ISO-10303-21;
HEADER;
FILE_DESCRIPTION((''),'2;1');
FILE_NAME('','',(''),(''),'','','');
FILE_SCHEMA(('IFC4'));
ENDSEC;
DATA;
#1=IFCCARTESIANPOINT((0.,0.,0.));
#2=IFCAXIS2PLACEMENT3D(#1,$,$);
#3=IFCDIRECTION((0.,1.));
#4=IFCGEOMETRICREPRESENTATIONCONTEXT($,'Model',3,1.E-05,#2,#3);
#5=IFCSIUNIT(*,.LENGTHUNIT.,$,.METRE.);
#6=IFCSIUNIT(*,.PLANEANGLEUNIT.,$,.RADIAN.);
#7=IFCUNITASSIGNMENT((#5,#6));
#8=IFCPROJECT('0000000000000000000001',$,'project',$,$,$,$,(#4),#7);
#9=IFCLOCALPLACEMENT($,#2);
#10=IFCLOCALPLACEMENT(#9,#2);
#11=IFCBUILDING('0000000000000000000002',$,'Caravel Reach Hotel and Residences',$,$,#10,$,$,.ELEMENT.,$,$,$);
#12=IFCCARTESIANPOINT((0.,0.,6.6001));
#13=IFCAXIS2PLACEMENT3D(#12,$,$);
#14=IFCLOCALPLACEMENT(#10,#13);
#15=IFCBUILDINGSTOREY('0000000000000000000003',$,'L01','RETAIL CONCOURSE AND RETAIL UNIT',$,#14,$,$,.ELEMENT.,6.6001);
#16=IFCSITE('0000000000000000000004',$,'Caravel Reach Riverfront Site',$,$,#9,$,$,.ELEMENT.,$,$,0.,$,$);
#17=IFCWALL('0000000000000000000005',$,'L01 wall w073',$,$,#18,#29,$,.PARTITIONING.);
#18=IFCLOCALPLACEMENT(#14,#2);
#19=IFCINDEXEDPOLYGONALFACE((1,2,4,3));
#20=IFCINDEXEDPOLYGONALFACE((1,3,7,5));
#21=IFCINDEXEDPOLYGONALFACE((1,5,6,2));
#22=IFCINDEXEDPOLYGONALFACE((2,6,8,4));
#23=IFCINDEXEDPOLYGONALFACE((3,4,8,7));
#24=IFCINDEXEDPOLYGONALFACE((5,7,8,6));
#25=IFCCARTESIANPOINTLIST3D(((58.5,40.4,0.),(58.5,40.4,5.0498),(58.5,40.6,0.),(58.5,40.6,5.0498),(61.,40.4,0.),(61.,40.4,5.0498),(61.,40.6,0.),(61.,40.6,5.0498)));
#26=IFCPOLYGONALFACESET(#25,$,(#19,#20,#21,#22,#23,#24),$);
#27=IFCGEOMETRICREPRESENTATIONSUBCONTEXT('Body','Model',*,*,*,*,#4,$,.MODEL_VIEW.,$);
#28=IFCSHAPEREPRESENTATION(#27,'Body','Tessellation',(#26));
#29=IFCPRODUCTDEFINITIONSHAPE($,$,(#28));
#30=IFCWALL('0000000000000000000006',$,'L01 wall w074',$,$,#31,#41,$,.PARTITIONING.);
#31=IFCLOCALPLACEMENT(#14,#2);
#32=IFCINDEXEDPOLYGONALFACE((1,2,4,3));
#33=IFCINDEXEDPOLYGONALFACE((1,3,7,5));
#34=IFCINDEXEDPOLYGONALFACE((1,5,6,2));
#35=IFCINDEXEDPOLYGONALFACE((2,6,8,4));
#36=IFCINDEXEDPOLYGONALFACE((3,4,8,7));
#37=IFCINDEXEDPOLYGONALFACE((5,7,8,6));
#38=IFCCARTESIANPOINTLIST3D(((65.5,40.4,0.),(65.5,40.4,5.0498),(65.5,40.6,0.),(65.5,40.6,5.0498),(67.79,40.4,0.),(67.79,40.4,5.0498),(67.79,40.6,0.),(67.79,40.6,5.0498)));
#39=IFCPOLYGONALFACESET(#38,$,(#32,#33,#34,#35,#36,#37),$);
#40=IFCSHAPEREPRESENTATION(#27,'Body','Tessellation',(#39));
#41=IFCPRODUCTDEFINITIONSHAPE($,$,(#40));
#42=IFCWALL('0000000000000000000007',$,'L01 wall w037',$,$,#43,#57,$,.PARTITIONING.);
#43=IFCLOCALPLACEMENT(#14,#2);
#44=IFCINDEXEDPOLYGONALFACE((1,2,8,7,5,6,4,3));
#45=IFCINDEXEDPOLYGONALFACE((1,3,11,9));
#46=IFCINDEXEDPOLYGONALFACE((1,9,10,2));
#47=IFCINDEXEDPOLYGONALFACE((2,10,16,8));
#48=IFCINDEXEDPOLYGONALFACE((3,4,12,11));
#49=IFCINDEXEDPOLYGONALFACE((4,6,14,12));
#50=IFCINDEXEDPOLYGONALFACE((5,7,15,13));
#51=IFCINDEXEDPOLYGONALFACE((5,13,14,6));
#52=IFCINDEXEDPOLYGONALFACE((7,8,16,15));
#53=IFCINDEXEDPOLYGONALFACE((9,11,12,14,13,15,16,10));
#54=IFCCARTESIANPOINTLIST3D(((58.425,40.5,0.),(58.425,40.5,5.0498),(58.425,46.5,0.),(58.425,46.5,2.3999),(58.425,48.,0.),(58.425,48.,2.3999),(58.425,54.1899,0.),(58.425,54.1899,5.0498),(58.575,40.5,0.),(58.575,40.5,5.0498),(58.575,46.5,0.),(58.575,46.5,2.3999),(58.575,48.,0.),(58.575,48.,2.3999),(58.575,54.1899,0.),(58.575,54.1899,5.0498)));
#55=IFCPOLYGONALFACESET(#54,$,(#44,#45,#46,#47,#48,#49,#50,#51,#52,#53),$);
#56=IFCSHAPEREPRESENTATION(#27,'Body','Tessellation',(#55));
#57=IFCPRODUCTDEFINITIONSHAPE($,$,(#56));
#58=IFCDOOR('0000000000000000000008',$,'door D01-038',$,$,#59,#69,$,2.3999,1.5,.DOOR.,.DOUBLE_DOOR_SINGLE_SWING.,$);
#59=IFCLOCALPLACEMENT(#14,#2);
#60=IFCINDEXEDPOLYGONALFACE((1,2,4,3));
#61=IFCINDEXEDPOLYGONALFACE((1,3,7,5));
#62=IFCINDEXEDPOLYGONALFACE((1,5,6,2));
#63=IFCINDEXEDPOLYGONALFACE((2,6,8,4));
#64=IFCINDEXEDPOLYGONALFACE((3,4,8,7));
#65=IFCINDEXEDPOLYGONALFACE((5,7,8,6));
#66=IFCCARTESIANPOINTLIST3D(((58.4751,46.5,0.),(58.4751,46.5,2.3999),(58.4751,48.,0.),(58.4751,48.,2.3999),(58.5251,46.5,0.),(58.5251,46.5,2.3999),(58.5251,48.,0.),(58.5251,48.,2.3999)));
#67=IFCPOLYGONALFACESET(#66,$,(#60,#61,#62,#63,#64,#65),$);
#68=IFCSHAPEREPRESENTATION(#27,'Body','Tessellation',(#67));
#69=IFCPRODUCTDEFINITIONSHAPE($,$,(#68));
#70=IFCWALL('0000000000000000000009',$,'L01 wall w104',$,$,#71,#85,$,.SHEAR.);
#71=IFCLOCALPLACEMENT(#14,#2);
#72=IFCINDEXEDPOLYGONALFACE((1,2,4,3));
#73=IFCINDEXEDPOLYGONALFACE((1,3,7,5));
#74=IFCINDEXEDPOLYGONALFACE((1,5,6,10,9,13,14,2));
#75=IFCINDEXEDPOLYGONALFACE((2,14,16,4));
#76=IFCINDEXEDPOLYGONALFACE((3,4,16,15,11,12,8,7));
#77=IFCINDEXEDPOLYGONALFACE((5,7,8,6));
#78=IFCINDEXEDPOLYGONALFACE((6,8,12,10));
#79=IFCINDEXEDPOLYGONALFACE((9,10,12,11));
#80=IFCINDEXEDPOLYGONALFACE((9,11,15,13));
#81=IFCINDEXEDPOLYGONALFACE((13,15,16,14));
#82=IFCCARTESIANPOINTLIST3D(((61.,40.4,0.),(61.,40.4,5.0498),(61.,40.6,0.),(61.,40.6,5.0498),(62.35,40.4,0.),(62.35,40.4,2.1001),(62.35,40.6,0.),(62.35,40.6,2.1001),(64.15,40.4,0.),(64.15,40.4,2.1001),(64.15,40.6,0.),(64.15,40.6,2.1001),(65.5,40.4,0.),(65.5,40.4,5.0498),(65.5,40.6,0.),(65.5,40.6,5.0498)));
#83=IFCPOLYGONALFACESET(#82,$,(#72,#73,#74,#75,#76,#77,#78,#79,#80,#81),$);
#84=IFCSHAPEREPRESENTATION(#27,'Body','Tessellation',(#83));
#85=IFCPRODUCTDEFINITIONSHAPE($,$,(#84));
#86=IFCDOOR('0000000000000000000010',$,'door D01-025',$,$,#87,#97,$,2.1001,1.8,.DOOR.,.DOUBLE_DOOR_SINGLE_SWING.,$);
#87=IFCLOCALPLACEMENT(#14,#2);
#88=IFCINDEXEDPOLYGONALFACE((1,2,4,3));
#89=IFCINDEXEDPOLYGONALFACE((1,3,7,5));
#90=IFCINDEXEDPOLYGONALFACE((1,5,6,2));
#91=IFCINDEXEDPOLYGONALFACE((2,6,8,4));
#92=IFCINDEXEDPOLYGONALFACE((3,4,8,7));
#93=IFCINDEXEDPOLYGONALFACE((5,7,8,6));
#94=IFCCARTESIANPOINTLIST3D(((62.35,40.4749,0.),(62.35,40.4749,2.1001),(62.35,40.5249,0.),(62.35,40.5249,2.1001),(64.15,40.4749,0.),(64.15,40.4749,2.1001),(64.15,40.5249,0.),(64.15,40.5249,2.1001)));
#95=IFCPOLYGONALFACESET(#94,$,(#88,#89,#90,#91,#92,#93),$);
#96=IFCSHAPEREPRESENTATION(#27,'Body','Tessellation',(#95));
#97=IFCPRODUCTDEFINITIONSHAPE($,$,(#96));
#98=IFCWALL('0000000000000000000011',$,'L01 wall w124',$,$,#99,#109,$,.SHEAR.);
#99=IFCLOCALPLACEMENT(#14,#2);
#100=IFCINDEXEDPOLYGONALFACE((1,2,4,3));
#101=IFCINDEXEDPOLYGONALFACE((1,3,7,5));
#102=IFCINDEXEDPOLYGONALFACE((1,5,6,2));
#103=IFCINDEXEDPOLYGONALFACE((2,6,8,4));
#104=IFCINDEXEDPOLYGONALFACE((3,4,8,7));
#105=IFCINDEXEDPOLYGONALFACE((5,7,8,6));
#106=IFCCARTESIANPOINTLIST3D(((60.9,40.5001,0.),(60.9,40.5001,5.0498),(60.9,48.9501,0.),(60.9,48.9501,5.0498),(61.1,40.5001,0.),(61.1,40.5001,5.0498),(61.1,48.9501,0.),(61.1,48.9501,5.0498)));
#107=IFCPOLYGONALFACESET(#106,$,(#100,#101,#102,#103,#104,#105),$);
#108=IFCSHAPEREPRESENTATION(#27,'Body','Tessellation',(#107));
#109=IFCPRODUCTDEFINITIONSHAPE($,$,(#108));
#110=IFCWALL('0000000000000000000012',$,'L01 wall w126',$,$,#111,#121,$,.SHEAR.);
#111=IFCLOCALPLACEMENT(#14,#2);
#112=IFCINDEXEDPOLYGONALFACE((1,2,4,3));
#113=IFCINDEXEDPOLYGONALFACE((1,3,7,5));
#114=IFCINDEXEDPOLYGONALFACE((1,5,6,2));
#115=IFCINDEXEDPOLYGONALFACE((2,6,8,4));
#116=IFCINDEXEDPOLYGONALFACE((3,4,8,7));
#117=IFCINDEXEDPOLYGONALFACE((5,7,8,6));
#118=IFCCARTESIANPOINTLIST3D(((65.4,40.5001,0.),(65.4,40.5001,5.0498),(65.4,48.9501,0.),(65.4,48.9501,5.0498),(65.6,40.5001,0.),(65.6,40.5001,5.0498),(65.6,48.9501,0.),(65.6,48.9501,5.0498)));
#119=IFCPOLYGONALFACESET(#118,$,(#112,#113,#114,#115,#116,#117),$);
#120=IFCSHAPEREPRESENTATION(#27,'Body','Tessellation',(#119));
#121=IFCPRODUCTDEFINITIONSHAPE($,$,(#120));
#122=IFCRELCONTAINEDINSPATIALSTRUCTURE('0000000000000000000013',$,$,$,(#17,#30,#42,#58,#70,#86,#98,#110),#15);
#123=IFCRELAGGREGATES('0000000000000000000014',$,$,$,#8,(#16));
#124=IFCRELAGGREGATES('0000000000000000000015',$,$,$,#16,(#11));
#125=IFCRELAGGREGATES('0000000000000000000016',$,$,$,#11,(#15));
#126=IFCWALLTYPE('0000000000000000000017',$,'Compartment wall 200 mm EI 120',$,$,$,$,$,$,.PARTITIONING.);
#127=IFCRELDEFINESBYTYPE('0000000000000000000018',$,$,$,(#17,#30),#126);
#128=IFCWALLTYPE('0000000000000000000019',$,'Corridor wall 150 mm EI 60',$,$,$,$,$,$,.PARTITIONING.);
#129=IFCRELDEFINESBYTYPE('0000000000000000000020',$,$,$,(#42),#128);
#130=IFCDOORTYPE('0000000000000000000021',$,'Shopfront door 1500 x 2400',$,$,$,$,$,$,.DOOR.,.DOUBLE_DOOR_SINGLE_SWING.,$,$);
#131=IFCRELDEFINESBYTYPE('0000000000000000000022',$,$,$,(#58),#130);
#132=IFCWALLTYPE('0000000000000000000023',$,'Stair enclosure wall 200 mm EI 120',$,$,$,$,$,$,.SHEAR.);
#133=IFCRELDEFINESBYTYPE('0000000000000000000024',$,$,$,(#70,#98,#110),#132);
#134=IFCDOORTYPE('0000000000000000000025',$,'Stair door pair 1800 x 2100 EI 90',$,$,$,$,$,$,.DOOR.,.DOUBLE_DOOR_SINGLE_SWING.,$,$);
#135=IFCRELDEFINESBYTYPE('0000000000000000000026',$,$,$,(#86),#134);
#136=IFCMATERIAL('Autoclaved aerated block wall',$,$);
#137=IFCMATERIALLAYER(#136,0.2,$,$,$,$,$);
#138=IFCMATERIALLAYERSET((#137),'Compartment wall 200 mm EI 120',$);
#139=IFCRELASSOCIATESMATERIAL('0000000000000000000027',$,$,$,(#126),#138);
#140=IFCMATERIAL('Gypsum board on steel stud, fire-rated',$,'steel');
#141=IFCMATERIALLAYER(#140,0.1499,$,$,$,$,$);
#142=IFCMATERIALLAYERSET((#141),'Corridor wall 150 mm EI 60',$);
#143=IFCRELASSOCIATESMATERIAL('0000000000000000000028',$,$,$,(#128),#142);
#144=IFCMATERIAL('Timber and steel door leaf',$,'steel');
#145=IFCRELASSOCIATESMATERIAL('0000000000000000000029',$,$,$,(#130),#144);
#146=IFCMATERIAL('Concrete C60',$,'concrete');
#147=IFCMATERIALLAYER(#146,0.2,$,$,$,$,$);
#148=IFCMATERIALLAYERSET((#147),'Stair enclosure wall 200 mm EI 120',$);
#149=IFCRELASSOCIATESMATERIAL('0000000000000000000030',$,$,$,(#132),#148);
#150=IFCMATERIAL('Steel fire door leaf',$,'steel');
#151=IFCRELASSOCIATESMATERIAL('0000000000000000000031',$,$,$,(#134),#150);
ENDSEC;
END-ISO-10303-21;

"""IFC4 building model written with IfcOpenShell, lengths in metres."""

from ifc_helpers import new_model, si_unit, direction, frame, frame_2d, origin, place, context, subcontext, project, spatial, rectangle, extrude, material, layer, layer_set, type_object, element, fill, save


model = new_model("IFC4")

# Units and contexts
model_context = context("Model", 3, precision=1e-05, world=origin(), true_north=direction((0.0, 1.0)))
body_context = subcontext(model_context, "Body", "Model", "MODEL_VIEW")
ifc_project = project(units=[si_unit("LENGTHUNIT", "METRE"), si_unit("PLANEANGLEUNIT", "RADIAN")], contexts=[model_context])

# Site, building, storey
site_placement = place(None, origin())
site = spatial("IfcSite", under=ifc_project, at=site_placement, Name="Caravel Reach Riverfront Site", CompositionType="ELEMENT", RefElevation=0.0)
building_placement = place(site_placement, origin())
building = spatial("IfcBuilding", under=site, at=building_placement, Name="Caravel Reach Hotel and Residences", CompositionType="ELEMENT")
storey_placement = place(building_placement, frame((0.0, 0.0, 6.6001)))
storey = spatial("IfcBuildingStorey", under=building, at=storey_placement, Name="L01", Description="RETAIL CONCOURSE AND RETAIL UNIT", CompositionType="ELEMENT", Elevation=6.6001)

# Walls
ifc_material_1 = material(Name="Autoclaved aerated block wall")
ifc_layer_1 = layer(ifc_material_1, 0.2)
ifc_layer_set_1 = layer_set([ifc_layer_1], Name="Compartment wall 200 mm EI 120")
wall_type_1 = type_object("IfcWallType", Name="Compartment wall 200 mm EI 120", PredefinedType="PARTITIONING", material=ifc_layer_set_1)
wall_1_placement = place(storey_placement, frame((58.5, 40.5, 0.0), z_axis=(0.0, 0.0, 1.0), x_axis=(1.0, 0.0, 0.0)))
element("IfcWall", 1, at=wall_1_placement, inside=storey, type_object=wall_type_1, Name="L01 wall w073", PredefinedType="PARTITIONING", context=body_context, shape_type="SweptSolid", body=[
    extrude(rectangle(XDim=2.5, YDim=0.2, at=frame_2d((1.25, 0.0))), origin(), (0.0, 0.0, 1.0), 5.0498),
])
wall_2_placement = place(storey_placement, frame((65.5, 40.5, 0.0), z_axis=(0.0, 0.0, 1.0), x_axis=(1.0, 0.0, 0.0)))
element("IfcWall", 2, at=wall_2_placement, inside=storey, type_object=wall_type_1, Name="L01 wall w074", PredefinedType="PARTITIONING", context=body_context, shape_type="SweptSolid", body=[
    extrude(rectangle(XDim=2.29, YDim=0.2, at=frame_2d((1.145, 0.0))), origin(), (0.0, 0.0, 1.0), 5.0498),
])

# Walls, openings, doors
ifc_material_2 = material(Name="Gypsum board on steel stud, fire-rated", Category="steel")
ifc_layer_2 = layer(ifc_material_2, 0.1499)
ifc_layer_set_2 = layer_set([ifc_layer_2], Name="Corridor wall 150 mm EI 60")
wall_type_2 = type_object("IfcWallType", Name="Corridor wall 150 mm EI 60", PredefinedType="PARTITIONING", material=ifc_layer_set_2)
wall_3_placement = place(storey_placement, frame((58.5, 40.5, 0.0), z_axis=(0.0, 0.0, 1.0), x_axis=(0.0, 1.0, 0.0)))
wall_3 = element("IfcWall", 3, at=wall_3_placement, inside=storey, type_object=wall_type_2, Name="L01 wall w037", PredefinedType="PARTITIONING", context=body_context, shape_type="SweptSolid", body=[
    extrude(rectangle(XDim=13.6899, YDim=0.1499, at=frame_2d((6.845, 0.0))), origin(), (0.0, 0.0, 1.0), 5.0498),
])
opening_1_placement = place(wall_3_placement, frame((6.0, 0.0, 0.0)))
opening_1 = element("IfcOpeningElement", 4, at=opening_1_placement, cuts=wall_3, PredefinedType="OPENING", context=body_context, shape_type="SweptSolid", body=[
    extrude(rectangle(XDim=1.5, YDim=2.3999, at=frame_2d((0.75, 1.2))), frame((0.0, 0.085, 0.0), z_axis=(0.0, -1.0, 0.0), x_axis=(1.0, 0.0, 0.0)), (0.0, 0.0, 1.0), 0.1699),
])
ifc_material_3 = material(Name="Timber and steel door leaf", Category="steel")
door_type_1 = type_object("IfcDoorType", Name="Shopfront door 1500 x 2400", OperationType="DOUBLE_DOOR_SINGLE_SWING", PredefinedType="DOOR", material=ifc_material_3)
door_1_placement = place(opening_1_placement, origin())
door_1 = element("IfcDoor", 5, at=door_1_placement, inside=storey, type_object=door_type_1, Name="door D01-038", OperationType="DOUBLE_DOOR_SINGLE_SWING", OverallHeight=2.3999, OverallWidth=1.5, PredefinedType="DOOR", context=body_context, shape_type="SweptSolid", body=[
    extrude(rectangle(XDim=1.5, YDim=2.3999, at=frame_2d((0.75, 1.2))), frame((0.0, 0.0249, 0.0), z_axis=(0.0, -1.0, 0.0), x_axis=(1.0, 0.0, 0.0)), (0.0, 0.0, 1.0), 0.05),
])
fill(opening_1, door_1)
ifc_material_4 = material(Name="Concrete C60", Category="concrete")
ifc_layer_3 = layer(ifc_material_4, 0.2)
ifc_layer_set_3 = layer_set([ifc_layer_3], Name="Stair enclosure wall 200 mm EI 120")
wall_type_3 = type_object("IfcWallType", Name="Stair enclosure wall 200 mm EI 120", PredefinedType="SHEAR", material=ifc_layer_set_3)
wall_4_placement = place(storey_placement, frame((61.0, 40.5, 0.0), z_axis=(0.0, 0.0, 1.0), x_axis=(1.0, 0.0, 0.0)))
wall_4 = element("IfcWall", 6, at=wall_4_placement, inside=storey, type_object=wall_type_3, Name="L01 wall w104", PredefinedType="SHEAR", context=body_context, shape_type="SweptSolid", body=[
    extrude(rectangle(XDim=4.5, YDim=0.2, at=frame_2d((2.25, 0.0))), origin(), (0.0, 0.0, 1.0), 5.0498),
])
opening_2_placement = place(wall_4_placement, frame((1.3501, 0.0, 0.0)))
opening_2 = element("IfcOpeningElement", 7, at=opening_2_placement, cuts=wall_4, PredefinedType="OPENING", context=body_context, shape_type="SweptSolid", body=[
    extrude(rectangle(XDim=1.8, YDim=2.1001, at=frame_2d((0.8999, 1.05))), frame((0.0, 0.1099, 0.0), z_axis=(0.0, -1.0, 0.0), x_axis=(1.0, 0.0, 0.0)), (0.0, 0.0, 1.0), 0.22),
])
ifc_material_5 = material(Name="Steel fire door leaf", Category="steel")
door_type_2 = type_object("IfcDoorType", Name="Stair door pair 1800 x 2100 EI 90", OperationType="DOUBLE_DOOR_SINGLE_SWING", PredefinedType="DOOR", material=ifc_material_5)
door_2_placement = place(opening_2_placement, origin())
door_2 = element("IfcDoor", 8, at=door_2_placement, inside=storey, type_object=door_type_2, Name="door D01-025", OperationType="DOUBLE_DOOR_SINGLE_SWING", OverallHeight=2.1001, OverallWidth=1.8, PredefinedType="DOOR", context=body_context, shape_type="SweptSolid", body=[
    extrude(rectangle(XDim=1.8, YDim=2.1001, at=frame_2d((0.8999, 1.05))), frame((0.0, 0.0249, 0.0), z_axis=(0.0, -1.0, 0.0), x_axis=(1.0, 0.0, 0.0)), (0.0, 0.0, 1.0), 0.05),
])
fill(opening_2, door_2)

# Walls
for number, where, z_axis, x_axis, name in (
    (9, (61.0, 40.5, 0.0), (0.0, 0.0, 1.0), (0.0, 1.0, 0.0), "L01 wall w124"),
    (10, (65.5, 40.5, 0.0), (0.0, 0.0, 1.0), (0.0, 1.0, 0.0), "L01 wall w126"),
):
    element("IfcWall", number, at=place(storey_placement, frame(where, z_axis=z_axis, x_axis=x_axis)), inside=storey, type_object=wall_type_3, Name=name, PredefinedType="SHEAR", context=body_context, shape_type="SweptSolid", body=[
        extrude(rectangle(XDim=8.45, YDim=0.2, at=frame_2d((4.2251, 0.0))), origin(), (0.0, 0.0, 1.0), 5.0498),
    ])

save(model, "model.ifc")
